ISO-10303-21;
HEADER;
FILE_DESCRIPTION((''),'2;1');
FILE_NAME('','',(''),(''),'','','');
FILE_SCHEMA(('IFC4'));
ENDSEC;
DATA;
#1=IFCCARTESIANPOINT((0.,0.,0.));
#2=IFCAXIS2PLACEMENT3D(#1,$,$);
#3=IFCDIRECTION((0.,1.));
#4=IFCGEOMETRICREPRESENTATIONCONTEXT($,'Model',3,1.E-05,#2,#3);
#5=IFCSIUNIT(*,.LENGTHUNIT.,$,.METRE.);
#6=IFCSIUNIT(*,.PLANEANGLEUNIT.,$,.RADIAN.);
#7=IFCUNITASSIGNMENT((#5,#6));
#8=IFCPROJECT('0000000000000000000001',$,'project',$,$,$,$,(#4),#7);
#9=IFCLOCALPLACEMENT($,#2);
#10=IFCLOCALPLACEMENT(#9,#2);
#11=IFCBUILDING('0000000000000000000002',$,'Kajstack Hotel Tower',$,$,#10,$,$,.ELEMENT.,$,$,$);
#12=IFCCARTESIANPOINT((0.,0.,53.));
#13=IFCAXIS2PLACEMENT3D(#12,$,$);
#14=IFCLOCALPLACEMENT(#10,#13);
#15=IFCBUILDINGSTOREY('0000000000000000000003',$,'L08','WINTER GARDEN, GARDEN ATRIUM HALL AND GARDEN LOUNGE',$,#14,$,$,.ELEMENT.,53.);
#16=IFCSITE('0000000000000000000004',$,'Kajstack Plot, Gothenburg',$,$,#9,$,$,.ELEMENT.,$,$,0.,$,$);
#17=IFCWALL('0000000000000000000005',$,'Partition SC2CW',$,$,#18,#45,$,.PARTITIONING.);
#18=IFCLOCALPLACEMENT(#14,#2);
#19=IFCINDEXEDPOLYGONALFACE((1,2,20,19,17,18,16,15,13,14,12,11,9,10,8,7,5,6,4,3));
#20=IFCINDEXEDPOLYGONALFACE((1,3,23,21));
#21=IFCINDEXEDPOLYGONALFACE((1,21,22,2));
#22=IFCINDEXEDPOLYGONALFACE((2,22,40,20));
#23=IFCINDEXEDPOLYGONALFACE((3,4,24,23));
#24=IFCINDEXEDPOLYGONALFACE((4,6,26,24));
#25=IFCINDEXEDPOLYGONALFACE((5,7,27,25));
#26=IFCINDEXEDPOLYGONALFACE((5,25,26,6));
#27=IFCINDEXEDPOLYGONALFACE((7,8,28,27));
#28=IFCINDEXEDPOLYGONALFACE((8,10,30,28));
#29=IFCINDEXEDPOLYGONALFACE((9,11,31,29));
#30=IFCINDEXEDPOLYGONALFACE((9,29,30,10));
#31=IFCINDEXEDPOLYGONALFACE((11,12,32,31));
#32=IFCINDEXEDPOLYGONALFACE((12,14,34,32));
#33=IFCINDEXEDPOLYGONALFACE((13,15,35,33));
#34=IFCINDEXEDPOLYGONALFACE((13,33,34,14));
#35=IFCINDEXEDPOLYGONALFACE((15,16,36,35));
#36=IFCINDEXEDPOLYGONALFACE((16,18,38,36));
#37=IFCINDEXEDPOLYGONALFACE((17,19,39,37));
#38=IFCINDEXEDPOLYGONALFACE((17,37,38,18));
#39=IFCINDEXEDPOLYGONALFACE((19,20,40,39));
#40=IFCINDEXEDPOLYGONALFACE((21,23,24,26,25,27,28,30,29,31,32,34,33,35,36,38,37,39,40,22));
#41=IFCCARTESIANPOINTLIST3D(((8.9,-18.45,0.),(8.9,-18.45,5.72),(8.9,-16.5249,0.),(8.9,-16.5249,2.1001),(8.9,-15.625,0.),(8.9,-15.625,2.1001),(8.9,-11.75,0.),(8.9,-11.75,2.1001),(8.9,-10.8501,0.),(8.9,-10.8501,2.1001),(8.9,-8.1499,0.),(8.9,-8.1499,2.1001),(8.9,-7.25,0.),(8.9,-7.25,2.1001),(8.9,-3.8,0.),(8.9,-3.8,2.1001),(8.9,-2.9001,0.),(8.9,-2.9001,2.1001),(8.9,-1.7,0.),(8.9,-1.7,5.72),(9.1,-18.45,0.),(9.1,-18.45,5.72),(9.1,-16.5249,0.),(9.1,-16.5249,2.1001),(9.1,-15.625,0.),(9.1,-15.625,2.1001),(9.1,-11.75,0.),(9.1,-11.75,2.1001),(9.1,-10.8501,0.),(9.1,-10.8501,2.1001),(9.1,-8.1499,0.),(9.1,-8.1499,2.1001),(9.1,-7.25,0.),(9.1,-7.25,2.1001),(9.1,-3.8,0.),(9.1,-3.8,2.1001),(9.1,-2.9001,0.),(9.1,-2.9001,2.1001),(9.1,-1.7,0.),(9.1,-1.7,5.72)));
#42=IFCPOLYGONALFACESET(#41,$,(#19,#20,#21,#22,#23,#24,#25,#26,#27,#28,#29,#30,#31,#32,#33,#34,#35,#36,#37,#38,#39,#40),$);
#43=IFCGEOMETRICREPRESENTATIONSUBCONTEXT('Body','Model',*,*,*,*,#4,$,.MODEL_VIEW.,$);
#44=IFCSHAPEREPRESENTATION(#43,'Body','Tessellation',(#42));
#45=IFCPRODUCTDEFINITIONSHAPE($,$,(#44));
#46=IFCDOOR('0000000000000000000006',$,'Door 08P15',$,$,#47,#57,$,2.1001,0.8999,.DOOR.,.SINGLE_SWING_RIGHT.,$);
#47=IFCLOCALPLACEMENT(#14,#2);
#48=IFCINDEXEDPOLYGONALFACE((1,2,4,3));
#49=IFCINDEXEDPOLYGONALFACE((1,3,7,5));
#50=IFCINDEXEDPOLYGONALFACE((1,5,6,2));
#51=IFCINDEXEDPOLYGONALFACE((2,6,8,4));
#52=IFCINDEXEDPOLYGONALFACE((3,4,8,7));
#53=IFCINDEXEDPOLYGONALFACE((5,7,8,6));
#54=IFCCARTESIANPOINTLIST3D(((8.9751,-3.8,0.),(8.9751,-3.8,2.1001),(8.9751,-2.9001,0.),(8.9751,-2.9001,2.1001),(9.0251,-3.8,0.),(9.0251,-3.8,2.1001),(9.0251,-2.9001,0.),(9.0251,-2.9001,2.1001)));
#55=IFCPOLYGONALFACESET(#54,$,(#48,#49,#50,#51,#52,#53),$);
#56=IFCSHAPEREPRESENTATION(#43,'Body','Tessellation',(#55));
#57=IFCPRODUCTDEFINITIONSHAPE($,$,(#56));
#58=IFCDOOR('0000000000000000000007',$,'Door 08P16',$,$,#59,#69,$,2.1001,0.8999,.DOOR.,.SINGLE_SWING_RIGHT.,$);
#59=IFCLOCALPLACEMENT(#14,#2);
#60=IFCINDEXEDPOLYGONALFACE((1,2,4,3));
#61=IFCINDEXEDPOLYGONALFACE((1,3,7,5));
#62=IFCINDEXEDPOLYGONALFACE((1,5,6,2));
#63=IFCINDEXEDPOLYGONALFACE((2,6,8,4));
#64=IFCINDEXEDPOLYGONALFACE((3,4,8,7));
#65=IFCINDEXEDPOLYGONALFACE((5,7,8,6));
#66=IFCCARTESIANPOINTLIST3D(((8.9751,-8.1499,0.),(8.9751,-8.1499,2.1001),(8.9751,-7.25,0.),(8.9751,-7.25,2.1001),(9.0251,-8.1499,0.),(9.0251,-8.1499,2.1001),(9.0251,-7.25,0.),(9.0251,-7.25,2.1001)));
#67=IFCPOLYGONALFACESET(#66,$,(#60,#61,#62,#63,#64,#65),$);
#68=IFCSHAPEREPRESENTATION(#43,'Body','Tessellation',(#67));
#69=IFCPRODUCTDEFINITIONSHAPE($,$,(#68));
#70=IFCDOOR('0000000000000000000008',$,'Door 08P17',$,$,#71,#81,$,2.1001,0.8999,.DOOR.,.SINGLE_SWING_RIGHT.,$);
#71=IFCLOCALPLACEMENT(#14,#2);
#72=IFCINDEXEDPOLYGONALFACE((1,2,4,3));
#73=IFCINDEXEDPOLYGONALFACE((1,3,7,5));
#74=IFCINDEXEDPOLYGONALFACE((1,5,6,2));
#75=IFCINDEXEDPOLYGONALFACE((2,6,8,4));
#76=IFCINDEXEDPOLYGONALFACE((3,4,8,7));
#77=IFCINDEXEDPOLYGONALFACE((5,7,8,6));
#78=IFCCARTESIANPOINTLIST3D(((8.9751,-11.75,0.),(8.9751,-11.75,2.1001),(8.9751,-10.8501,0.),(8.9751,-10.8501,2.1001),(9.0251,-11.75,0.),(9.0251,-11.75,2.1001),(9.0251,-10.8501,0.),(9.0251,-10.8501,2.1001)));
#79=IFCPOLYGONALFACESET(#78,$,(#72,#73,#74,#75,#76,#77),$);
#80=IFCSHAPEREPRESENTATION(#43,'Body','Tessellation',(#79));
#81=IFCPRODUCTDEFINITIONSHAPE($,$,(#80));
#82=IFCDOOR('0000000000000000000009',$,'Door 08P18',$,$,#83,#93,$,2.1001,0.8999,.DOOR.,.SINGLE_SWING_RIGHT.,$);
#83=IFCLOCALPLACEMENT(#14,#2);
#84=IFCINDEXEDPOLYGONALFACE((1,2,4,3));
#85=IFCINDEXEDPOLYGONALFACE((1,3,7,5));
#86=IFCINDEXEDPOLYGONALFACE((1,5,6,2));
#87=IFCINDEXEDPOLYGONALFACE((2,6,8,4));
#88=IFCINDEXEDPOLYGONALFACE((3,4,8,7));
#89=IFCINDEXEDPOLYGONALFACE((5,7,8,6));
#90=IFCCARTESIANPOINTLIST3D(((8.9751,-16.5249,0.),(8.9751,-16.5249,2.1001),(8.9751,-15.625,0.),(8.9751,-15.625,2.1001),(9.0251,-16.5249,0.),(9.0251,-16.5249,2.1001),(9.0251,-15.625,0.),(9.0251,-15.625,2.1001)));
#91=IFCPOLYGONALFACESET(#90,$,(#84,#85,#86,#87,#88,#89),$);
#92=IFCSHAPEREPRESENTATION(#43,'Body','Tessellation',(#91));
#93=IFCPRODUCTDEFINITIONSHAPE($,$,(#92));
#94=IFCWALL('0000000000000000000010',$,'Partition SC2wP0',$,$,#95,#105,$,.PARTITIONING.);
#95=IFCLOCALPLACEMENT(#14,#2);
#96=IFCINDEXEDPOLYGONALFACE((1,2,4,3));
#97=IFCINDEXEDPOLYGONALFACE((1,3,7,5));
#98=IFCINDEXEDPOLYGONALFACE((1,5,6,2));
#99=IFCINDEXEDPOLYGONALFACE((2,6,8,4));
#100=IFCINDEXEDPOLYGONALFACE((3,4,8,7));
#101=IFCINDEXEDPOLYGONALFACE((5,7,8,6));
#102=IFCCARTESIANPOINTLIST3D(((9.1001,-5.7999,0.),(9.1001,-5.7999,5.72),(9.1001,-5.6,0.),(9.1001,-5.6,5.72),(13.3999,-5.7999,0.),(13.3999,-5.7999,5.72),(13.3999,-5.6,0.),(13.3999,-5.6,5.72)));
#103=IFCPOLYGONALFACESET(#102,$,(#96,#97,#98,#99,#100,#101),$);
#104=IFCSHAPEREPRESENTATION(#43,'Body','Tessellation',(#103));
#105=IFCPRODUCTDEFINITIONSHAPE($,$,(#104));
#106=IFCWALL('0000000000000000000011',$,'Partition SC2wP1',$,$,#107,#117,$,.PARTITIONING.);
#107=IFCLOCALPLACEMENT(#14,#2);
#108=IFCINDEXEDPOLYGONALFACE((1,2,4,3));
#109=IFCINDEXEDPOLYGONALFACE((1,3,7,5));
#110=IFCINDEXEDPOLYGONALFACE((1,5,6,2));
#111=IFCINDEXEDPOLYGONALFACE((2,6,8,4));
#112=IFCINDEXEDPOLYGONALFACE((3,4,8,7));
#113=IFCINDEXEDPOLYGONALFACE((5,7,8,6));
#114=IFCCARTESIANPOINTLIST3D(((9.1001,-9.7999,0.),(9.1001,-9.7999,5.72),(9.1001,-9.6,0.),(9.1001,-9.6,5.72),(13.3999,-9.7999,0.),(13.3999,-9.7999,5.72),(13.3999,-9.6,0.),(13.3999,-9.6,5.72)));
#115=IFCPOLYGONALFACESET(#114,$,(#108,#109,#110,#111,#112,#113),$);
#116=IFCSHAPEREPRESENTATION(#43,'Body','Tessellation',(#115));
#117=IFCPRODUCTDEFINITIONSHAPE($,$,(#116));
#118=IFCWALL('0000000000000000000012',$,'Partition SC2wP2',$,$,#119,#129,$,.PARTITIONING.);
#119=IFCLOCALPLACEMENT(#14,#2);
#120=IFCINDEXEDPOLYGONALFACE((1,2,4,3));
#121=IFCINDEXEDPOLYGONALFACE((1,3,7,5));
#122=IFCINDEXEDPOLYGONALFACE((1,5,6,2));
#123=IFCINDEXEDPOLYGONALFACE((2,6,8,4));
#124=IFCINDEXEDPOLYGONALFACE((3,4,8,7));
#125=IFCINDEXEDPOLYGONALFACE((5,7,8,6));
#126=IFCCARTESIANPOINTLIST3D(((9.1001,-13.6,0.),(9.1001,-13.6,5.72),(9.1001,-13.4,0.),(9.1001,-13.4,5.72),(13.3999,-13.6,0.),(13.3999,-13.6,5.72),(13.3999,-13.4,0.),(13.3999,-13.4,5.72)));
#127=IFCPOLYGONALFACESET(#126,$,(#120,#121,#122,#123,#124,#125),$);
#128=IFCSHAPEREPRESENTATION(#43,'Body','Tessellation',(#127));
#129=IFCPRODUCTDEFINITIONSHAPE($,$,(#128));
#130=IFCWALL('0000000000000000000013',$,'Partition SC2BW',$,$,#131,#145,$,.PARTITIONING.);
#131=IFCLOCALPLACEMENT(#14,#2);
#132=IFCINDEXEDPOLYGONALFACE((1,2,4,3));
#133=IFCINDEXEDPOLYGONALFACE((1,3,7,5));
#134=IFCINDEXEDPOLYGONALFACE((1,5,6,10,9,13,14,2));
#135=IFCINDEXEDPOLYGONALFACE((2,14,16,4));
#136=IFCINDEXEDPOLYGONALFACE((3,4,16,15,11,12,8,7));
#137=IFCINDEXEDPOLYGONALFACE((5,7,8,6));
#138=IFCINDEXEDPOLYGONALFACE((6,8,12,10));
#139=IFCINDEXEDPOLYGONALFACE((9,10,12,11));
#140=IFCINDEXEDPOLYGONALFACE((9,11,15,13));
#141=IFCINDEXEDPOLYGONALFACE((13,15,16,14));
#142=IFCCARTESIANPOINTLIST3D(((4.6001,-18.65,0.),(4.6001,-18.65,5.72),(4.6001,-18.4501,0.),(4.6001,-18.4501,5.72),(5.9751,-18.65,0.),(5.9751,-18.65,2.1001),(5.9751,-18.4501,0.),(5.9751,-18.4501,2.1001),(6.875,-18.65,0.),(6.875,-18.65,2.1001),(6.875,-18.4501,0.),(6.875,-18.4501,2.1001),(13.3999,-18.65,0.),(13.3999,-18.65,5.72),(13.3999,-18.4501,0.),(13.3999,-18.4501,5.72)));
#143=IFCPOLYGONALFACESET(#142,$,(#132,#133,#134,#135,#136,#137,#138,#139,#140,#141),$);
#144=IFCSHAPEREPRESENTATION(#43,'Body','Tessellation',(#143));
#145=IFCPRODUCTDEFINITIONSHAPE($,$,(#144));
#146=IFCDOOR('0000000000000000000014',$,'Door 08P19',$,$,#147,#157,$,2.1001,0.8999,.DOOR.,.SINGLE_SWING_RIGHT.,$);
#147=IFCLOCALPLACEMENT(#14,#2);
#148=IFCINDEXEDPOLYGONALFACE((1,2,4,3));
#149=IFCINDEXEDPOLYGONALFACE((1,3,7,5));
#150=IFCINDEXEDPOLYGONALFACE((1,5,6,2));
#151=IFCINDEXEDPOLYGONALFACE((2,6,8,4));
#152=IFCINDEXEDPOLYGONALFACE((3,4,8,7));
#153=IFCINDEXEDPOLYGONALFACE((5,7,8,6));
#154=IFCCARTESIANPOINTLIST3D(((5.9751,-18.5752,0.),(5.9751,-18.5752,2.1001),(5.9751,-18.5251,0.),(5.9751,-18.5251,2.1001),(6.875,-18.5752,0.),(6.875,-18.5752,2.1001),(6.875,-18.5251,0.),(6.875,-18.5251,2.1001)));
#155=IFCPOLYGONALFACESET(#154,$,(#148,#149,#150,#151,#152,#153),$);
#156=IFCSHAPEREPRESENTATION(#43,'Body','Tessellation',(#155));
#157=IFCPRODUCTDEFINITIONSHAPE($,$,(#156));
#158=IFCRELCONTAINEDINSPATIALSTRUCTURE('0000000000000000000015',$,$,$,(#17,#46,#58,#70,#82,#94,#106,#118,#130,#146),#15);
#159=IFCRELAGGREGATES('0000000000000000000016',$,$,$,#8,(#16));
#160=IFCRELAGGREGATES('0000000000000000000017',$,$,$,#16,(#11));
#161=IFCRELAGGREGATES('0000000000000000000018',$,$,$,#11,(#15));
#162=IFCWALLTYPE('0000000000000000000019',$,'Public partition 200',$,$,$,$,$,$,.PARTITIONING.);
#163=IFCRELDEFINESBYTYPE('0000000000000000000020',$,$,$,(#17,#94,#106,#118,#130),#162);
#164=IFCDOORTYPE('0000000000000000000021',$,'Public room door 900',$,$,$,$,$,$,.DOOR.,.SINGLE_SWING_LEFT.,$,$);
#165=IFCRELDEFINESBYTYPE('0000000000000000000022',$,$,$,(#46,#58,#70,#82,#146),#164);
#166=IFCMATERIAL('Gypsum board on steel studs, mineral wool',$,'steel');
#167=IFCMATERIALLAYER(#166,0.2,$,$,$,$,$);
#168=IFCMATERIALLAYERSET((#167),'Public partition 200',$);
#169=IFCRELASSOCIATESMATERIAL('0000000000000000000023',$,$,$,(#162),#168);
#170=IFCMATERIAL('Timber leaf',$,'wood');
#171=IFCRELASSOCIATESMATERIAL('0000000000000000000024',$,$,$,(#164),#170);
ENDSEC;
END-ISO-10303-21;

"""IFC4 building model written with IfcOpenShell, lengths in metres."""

from ifc_helpers import new_model, si_unit, direction, frame, frame_2d, origin, place, context, subcontext, project, spatial, rectangle, extrude, material, layer, layer_set, type_object, element, fill, save


model = new_model("IFC4")

# Units and contexts
model_context = context("Model", 3, precision=1e-05, world=origin(), true_north=direction((0.0, 1.0)))
body_context = subcontext(model_context, "Body", "Model", "MODEL_VIEW")
ifc_project = project(units=[si_unit("LENGTHUNIT", "METRE"), si_unit("PLANEANGLEUNIT", "RADIAN")], contexts=[model_context])

# Site, building, storey
site_placement = place(None, origin())
site = spatial("IfcSite", under=ifc_project, at=site_placement, Name="Kajstack Plot, Gothenburg", CompositionType="ELEMENT", RefElevation=0.0)
building_placement = place(site_placement, origin())
building = spatial("IfcBuilding", under=site, at=building_placement, Name="Kajstack Hotel Tower", CompositionType="ELEMENT")
storey_placement = place(building_placement, frame((0.0, 0.0, 53.0)))
storey = spatial("IfcBuildingStorey", under=building, at=storey_placement, Name="L08", Description="WINTER GARDEN, GARDEN ATRIUM HALL AND GARDEN LOUNGE", CompositionType="ELEMENT", Elevation=53.0)

# Shared definitions
ifc_material_1 = material(Name="Gypsum board on steel studs, mineral wool", Category="steel")
ifc_layer_1 = layer(ifc_material_1, 0.2)
ifc_layer_set_1 = layer_set([ifc_layer_1], Name="Public partition 200")
wall_type = type_object("IfcWallType", Name="Public partition 200", PredefinedType="PARTITIONING", material=ifc_layer_set_1)

# Wall, openings, doors
wall_1_placement = place(storey_placement, frame((9.0, -18.45, 0.0), z_axis=(0.0, 0.0, 1.0), x_axis=(0.0, 1.0, 0.0)))
wall_1 = element("IfcWall", 1, at=wall_1_placement, inside=storey, type_object=wall_type, Name="Partition SC2CW", PredefinedType="PARTITIONING", context=body_context, shape_type="SweptSolid", body=[
    extrude(rectangle(XDim=16.75, YDim=0.2, at=frame_2d((8.375, 0.0))), origin(), (0.0, 0.0, 1.0), 5.72),
])
opening_1_placement = place(wall_1_placement, frame((14.6499, 0.0, 0.0)))
opening_1 = element("IfcOpeningElement", 2, at=opening_1_placement, cuts=wall_1, PredefinedType="OPENING", context=body_context, shape_type="SweptSolid", body=[
    extrude(rectangle(XDim=0.8999, YDim=2.1001, at=frame_2d((0.45, 1.05))), frame((0.0, 0.1099, 0.0), z_axis=(0.0, -1.0, 0.0), x_axis=(1.0, 0.0, 0.0)), (0.0, 0.0, 1.0), 0.22),
])
opening_2_placement = place(wall_1_placement, frame((10.3, 0.0, 0.0)))
opening_2 = element("IfcOpeningElement", 3, at=opening_2_placement, cuts=wall_1, PredefinedType="OPENING", context=body_context, shape_type="SweptSolid", body=[
    extrude(rectangle(XDim=0.8999, YDim=2.1001, at=frame_2d((0.45, 1.05))), frame((0.0, 0.1099, 0.0), z_axis=(0.0, -1.0, 0.0), x_axis=(1.0, 0.0, 0.0)), (0.0, 0.0, 1.0), 0.22),
])
opening_3_placement = place(wall_1_placement, frame((6.7, 0.0, 0.0)))
opening_3 = element("IfcOpeningElement", 4, at=opening_3_placement, cuts=wall_1, PredefinedType="OPENING", context=body_context, shape_type="SweptSolid", body=[
    extrude(rectangle(XDim=0.8999, YDim=2.1001, at=frame_2d((0.45, 1.05))), frame((0.0, 0.1099, 0.0), z_axis=(0.0, -1.0, 0.0), x_axis=(1.0, 0.0, 0.0)), (0.0, 0.0, 1.0), 0.22),
])
opening_4_placement = place(wall_1_placement, frame((1.925, 0.0, 0.0)))
opening_4 = element("IfcOpeningElement", 5, at=opening_4_placement, cuts=wall_1, PredefinedType="OPENING", context=body_context, shape_type="SweptSolid", body=[
    extrude(rectangle(XDim=0.8999, YDim=2.1001, at=frame_2d((0.45, 1.05))), frame((0.0, 0.1099, 0.0), z_axis=(0.0, -1.0, 0.0), x_axis=(1.0, 0.0, 0.0)), (0.0, 0.0, 1.0), 0.22),
])
ifc_material_2 = material(Name="Timber leaf", Category="wood")
door_type = type_object("IfcDoorType", Name="Public room door 900", OperationType="SINGLE_SWING_LEFT", PredefinedType="DOOR", material=ifc_material_2)
door_1_placement = place(opening_1_placement, origin())
door_1 = element("IfcDoor", 6, at=door_1_placement, inside=storey, type_object=door_type, Name="Door 08P15", OperationType="SINGLE_SWING_RIGHT", OverallHeight=2.1001, OverallWidth=0.8999, PredefinedType="DOOR", context=body_context, shape_type="SweptSolid", body=[
    extrude(rectangle(XDim=0.8999, YDim=2.1001, at=frame_2d((0.45, 1.05))), frame((0.0, 0.0249, 0.0), z_axis=(0.0, -1.0, 0.0), x_axis=(1.0, 0.0, 0.0)), (0.0, 0.0, 1.0), 0.05),
])
fill(opening_1, door_1)
door_2_placement = place(opening_2_placement, origin())
door_2 = element("IfcDoor", 7, at=door_2_placement, inside=storey, type_object=door_type, Name="Door 08P16", OperationType="SINGLE_SWING_RIGHT", OverallHeight=2.1001, OverallWidth=0.8999, PredefinedType="DOOR", context=body_context, shape_type="SweptSolid", body=[
    extrude(rectangle(XDim=0.8999, YDim=2.1001, at=frame_2d((0.45, 1.05))), frame((0.0, 0.0249, 0.0), z_axis=(0.0, -1.0, 0.0), x_axis=(1.0, 0.0, 0.0)), (0.0, 0.0, 1.0), 0.05),
])
fill(opening_2, door_2)
door_3_placement = place(opening_3_placement, origin())
door_3 = element("IfcDoor", 8, at=door_3_placement, inside=storey, type_object=door_type, Name="Door 08P17", OperationType="SINGLE_SWING_RIGHT", OverallHeight=2.1001, OverallWidth=0.8999, PredefinedType="DOOR", context=body_context, shape_type="SweptSolid", body=[
    extrude(rectangle(XDim=0.8999, YDim=2.1001, at=frame_2d((0.45, 1.05))), frame((0.0, 0.0249, 0.0), z_axis=(0.0, -1.0, 0.0), x_axis=(1.0, 0.0, 0.0)), (0.0, 0.0, 1.0), 0.05),
])
fill(opening_3, door_3)
door_4_placement = place(opening_4_placement, origin())
door_4 = element("IfcDoor", 9, at=door_4_placement, inside=storey, type_object=door_type, Name="Door 08P18", OperationType="SINGLE_SWING_RIGHT", OverallHeight=2.1001, OverallWidth=0.8999, PredefinedType="DOOR", context=body_context, shape_type="SweptSolid", body=[
    extrude(rectangle(XDim=0.8999, YDim=2.1001, at=frame_2d((0.45, 1.05))), frame((0.0, 0.0249, 0.0), z_axis=(0.0, -1.0, 0.0), x_axis=(1.0, 0.0, 0.0)), (0.0, 0.0, 1.0), 0.05),
])
fill(opening_4, door_4)

# Walls
for number, where, z_axis, x_axis, name in (
    (10, (9.1001, -5.7, 0.0), (0.0, 0.0, 1.0), (1.0, 0.0, 0.0), "Partition SC2wP0"),
    (11, (9.1001, -9.7, 0.0), (0.0, 0.0, 1.0), (1.0, 0.0, 0.0), "Partition SC2wP1"),
    (12, (9.1001, -13.5, 0.0), (0.0, 0.0, 1.0), (1.0, 0.0, 0.0), "Partition SC2wP2"),
):
    element("IfcWall", number, at=place(storey_placement, frame(where, z_axis=z_axis, x_axis=x_axis)), inside=storey, type_object=wall_type, Name=name, PredefinedType="PARTITIONING", context=body_context, shape_type="SweptSolid", body=[
        extrude(rectangle(XDim=4.2998, YDim=0.2, at=frame_2d((2.1499, 0.0))), origin(), (0.0, 0.0, 1.0), 5.72),
    ])

# Wall, opening, door
wall_2_placement = place(storey_placement, frame((4.6001, -18.55, 0.0), z_axis=(0.0, 0.0, 1.0), x_axis=(1.0, 0.0, 0.0)))
wall_2 = element("IfcWall", 13, at=wall_2_placement, inside=storey, type_object=wall_type, Name="Partition SC2BW", PredefinedType="PARTITIONING", context=body_context, shape_type="SweptSolid", body=[
    extrude(rectangle(XDim=8.7998, YDim=0.2, at=frame_2d((4.3999, 0.0))), origin(), (0.0, 0.0, 1.0), 5.72),
])
opening_5_placement = place(wall_2_placement, frame((1.375, 0.0, 0.0)))
opening_5 = element("IfcOpeningElement", 14, at=opening_5_placement, cuts=wall_2, PredefinedType="OPENING", context=body_context, shape_type="SweptSolid", body=[
    extrude(rectangle(XDim=0.8999, YDim=2.1001, at=frame_2d((0.45, 1.05))), frame((0.0, 0.1099, 0.0), z_axis=(0.0, -1.0, 0.0), x_axis=(1.0, 0.0, 0.0)), (0.0, 0.0, 1.0), 0.22),
])
door_5_placement = place(opening_5_placement, origin())
door_5 = element("IfcDoor", 15, at=door_5_placement, inside=storey, type_object=door_type, Name="Door 08P19", OperationType="SINGLE_SWING_RIGHT", OverallHeight=2.1001, OverallWidth=0.8999, PredefinedType="DOOR", context=body_context, shape_type="SweptSolid", body=[
    extrude(rectangle(XDim=0.8999, YDim=2.1001, at=frame_2d((0.45, 1.05))), frame((0.0, 0.0249, 0.0), z_axis=(0.0, -1.0, 0.0), x_axis=(1.0, 0.0, 0.0)), (0.0, 0.0, 1.0), 0.05),
])
fill(opening_5, door_5)

save(model, "model.ifc")
